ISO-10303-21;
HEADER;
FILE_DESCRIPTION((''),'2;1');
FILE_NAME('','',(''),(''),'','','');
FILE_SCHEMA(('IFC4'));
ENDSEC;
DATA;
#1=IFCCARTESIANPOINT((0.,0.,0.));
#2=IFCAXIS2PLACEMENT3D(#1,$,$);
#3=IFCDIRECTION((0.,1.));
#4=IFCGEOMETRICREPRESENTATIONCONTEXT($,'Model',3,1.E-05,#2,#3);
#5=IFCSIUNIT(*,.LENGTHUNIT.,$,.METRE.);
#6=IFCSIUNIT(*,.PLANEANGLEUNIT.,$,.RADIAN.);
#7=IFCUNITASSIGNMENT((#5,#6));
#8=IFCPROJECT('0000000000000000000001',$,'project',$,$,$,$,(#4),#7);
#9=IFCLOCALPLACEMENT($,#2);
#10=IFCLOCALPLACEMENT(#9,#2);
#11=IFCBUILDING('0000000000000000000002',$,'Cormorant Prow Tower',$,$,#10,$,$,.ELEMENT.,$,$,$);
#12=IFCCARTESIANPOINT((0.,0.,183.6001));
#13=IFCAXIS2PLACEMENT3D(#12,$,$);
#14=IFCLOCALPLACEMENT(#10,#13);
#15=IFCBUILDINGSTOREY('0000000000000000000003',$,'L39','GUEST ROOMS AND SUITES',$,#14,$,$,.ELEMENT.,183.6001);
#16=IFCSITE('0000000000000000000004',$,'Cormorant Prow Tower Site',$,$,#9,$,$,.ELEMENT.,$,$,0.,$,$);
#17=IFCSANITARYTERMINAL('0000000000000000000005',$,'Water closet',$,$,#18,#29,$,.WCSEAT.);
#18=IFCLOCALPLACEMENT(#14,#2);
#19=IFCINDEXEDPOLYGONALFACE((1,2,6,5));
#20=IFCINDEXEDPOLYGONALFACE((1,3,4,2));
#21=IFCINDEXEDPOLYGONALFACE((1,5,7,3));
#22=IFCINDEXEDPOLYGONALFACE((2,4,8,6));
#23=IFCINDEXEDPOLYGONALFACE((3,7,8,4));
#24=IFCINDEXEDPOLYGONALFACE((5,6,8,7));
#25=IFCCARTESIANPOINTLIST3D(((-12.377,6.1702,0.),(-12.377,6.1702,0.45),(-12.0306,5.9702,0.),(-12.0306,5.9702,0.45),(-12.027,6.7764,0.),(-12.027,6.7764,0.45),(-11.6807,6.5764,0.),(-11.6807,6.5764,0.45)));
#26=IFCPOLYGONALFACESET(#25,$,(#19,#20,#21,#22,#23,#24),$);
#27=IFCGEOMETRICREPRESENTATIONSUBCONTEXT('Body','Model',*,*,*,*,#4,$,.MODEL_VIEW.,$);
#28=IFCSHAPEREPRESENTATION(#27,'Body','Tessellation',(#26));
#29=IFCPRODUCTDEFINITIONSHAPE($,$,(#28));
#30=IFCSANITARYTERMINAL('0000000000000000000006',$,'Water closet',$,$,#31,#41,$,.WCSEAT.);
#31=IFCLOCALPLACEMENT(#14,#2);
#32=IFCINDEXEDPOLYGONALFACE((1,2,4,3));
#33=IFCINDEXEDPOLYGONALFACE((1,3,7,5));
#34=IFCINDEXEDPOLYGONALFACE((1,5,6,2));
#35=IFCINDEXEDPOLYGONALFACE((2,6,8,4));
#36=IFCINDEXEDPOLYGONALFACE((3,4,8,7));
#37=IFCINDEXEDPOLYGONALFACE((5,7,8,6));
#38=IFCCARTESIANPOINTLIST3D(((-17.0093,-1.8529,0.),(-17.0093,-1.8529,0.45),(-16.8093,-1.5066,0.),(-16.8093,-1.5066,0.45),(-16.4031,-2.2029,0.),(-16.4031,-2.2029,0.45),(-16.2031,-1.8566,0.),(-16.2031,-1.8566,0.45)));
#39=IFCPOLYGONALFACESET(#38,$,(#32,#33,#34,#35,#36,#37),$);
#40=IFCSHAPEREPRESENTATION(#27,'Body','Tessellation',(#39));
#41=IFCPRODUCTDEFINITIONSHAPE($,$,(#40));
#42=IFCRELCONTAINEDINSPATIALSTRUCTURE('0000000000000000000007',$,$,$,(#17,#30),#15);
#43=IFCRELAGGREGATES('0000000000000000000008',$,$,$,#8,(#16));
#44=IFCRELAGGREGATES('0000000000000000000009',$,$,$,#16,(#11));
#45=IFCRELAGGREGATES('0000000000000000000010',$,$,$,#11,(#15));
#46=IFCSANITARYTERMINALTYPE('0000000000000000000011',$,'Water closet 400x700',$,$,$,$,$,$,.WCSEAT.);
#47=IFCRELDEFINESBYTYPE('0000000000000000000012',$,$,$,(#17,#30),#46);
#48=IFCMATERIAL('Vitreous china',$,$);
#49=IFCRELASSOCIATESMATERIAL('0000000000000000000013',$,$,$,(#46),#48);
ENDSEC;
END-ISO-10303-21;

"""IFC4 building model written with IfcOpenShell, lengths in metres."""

from ifc_helpers import new_model, si_unit, direction, frame, origin, origin_2d, place, context, subcontext, project, spatial, rectangle, extrude, material, type_object, element, save


model = new_model("IFC4")

# Units and contexts
model_context = context("Model", 3, precision=1e-05, world=origin(), true_north=direction((0.0, 1.0)))
body_context = subcontext(model_context, "Body", "Model", "MODEL_VIEW")
ifc_project = project(units=[si_unit("LENGTHUNIT", "METRE"), si_unit("PLANEANGLEUNIT", "RADIAN")], contexts=[model_context])

# Site, building, storey
site_placement = place(None, origin())
site = spatial("IfcSite", under=ifc_project, at=site_placement, Name="Cormorant Prow Tower Site", CompositionType="ELEMENT", RefElevation=0.0)
building_placement = place(site_placement, origin())
building = spatial("IfcBuilding", under=site, at=building_placement, Name="Cormorant Prow Tower", CompositionType="ELEMENT")
storey_placement = place(building_placement, frame((0.0, 0.0, 183.6001)))
storey = spatial("IfcBuildingStorey", under=building, at=storey_placement, Name="L39", Description="GUEST ROOMS AND SUITES", CompositionType="ELEMENT", Elevation=183.6001)

# Sanitary terminals
ifc_material_1 = material(Name="Vitreous china")
sanitary_terminal_type_1 = type_object("IfcSanitaryTerminalType", Name="Water closet 400x700", PredefinedType="WCSEAT", material=ifc_material_1)
for number, where, z_axis, x_axis, name in (
    (1, (-12.0288, 6.3733, 0.0), (0.0, 0.0, 1.0), (0.866025, -0.5, 0.0), "Water closet"),
    (2, (-16.6062, -1.8547, 0.0), (0.0, 0.0, 1.0), (0.5, 0.866025, 0.0), "Water closet"),
):
    element("IfcSanitaryTerminal", number, at=place(storey_placement, frame(where, z_axis=z_axis, x_axis=x_axis)), inside=storey, type_object=sanitary_terminal_type_1, Name=name, PredefinedType="WCSEAT", context=body_context, shape_type="SweptSolid", body=[
        extrude(rectangle(XDim=0.3999, YDim=0.7, at=origin_2d()), origin(), (0.0, 0.0, 1.0), 0.45),
    ])

save(model, "model.ifc")
